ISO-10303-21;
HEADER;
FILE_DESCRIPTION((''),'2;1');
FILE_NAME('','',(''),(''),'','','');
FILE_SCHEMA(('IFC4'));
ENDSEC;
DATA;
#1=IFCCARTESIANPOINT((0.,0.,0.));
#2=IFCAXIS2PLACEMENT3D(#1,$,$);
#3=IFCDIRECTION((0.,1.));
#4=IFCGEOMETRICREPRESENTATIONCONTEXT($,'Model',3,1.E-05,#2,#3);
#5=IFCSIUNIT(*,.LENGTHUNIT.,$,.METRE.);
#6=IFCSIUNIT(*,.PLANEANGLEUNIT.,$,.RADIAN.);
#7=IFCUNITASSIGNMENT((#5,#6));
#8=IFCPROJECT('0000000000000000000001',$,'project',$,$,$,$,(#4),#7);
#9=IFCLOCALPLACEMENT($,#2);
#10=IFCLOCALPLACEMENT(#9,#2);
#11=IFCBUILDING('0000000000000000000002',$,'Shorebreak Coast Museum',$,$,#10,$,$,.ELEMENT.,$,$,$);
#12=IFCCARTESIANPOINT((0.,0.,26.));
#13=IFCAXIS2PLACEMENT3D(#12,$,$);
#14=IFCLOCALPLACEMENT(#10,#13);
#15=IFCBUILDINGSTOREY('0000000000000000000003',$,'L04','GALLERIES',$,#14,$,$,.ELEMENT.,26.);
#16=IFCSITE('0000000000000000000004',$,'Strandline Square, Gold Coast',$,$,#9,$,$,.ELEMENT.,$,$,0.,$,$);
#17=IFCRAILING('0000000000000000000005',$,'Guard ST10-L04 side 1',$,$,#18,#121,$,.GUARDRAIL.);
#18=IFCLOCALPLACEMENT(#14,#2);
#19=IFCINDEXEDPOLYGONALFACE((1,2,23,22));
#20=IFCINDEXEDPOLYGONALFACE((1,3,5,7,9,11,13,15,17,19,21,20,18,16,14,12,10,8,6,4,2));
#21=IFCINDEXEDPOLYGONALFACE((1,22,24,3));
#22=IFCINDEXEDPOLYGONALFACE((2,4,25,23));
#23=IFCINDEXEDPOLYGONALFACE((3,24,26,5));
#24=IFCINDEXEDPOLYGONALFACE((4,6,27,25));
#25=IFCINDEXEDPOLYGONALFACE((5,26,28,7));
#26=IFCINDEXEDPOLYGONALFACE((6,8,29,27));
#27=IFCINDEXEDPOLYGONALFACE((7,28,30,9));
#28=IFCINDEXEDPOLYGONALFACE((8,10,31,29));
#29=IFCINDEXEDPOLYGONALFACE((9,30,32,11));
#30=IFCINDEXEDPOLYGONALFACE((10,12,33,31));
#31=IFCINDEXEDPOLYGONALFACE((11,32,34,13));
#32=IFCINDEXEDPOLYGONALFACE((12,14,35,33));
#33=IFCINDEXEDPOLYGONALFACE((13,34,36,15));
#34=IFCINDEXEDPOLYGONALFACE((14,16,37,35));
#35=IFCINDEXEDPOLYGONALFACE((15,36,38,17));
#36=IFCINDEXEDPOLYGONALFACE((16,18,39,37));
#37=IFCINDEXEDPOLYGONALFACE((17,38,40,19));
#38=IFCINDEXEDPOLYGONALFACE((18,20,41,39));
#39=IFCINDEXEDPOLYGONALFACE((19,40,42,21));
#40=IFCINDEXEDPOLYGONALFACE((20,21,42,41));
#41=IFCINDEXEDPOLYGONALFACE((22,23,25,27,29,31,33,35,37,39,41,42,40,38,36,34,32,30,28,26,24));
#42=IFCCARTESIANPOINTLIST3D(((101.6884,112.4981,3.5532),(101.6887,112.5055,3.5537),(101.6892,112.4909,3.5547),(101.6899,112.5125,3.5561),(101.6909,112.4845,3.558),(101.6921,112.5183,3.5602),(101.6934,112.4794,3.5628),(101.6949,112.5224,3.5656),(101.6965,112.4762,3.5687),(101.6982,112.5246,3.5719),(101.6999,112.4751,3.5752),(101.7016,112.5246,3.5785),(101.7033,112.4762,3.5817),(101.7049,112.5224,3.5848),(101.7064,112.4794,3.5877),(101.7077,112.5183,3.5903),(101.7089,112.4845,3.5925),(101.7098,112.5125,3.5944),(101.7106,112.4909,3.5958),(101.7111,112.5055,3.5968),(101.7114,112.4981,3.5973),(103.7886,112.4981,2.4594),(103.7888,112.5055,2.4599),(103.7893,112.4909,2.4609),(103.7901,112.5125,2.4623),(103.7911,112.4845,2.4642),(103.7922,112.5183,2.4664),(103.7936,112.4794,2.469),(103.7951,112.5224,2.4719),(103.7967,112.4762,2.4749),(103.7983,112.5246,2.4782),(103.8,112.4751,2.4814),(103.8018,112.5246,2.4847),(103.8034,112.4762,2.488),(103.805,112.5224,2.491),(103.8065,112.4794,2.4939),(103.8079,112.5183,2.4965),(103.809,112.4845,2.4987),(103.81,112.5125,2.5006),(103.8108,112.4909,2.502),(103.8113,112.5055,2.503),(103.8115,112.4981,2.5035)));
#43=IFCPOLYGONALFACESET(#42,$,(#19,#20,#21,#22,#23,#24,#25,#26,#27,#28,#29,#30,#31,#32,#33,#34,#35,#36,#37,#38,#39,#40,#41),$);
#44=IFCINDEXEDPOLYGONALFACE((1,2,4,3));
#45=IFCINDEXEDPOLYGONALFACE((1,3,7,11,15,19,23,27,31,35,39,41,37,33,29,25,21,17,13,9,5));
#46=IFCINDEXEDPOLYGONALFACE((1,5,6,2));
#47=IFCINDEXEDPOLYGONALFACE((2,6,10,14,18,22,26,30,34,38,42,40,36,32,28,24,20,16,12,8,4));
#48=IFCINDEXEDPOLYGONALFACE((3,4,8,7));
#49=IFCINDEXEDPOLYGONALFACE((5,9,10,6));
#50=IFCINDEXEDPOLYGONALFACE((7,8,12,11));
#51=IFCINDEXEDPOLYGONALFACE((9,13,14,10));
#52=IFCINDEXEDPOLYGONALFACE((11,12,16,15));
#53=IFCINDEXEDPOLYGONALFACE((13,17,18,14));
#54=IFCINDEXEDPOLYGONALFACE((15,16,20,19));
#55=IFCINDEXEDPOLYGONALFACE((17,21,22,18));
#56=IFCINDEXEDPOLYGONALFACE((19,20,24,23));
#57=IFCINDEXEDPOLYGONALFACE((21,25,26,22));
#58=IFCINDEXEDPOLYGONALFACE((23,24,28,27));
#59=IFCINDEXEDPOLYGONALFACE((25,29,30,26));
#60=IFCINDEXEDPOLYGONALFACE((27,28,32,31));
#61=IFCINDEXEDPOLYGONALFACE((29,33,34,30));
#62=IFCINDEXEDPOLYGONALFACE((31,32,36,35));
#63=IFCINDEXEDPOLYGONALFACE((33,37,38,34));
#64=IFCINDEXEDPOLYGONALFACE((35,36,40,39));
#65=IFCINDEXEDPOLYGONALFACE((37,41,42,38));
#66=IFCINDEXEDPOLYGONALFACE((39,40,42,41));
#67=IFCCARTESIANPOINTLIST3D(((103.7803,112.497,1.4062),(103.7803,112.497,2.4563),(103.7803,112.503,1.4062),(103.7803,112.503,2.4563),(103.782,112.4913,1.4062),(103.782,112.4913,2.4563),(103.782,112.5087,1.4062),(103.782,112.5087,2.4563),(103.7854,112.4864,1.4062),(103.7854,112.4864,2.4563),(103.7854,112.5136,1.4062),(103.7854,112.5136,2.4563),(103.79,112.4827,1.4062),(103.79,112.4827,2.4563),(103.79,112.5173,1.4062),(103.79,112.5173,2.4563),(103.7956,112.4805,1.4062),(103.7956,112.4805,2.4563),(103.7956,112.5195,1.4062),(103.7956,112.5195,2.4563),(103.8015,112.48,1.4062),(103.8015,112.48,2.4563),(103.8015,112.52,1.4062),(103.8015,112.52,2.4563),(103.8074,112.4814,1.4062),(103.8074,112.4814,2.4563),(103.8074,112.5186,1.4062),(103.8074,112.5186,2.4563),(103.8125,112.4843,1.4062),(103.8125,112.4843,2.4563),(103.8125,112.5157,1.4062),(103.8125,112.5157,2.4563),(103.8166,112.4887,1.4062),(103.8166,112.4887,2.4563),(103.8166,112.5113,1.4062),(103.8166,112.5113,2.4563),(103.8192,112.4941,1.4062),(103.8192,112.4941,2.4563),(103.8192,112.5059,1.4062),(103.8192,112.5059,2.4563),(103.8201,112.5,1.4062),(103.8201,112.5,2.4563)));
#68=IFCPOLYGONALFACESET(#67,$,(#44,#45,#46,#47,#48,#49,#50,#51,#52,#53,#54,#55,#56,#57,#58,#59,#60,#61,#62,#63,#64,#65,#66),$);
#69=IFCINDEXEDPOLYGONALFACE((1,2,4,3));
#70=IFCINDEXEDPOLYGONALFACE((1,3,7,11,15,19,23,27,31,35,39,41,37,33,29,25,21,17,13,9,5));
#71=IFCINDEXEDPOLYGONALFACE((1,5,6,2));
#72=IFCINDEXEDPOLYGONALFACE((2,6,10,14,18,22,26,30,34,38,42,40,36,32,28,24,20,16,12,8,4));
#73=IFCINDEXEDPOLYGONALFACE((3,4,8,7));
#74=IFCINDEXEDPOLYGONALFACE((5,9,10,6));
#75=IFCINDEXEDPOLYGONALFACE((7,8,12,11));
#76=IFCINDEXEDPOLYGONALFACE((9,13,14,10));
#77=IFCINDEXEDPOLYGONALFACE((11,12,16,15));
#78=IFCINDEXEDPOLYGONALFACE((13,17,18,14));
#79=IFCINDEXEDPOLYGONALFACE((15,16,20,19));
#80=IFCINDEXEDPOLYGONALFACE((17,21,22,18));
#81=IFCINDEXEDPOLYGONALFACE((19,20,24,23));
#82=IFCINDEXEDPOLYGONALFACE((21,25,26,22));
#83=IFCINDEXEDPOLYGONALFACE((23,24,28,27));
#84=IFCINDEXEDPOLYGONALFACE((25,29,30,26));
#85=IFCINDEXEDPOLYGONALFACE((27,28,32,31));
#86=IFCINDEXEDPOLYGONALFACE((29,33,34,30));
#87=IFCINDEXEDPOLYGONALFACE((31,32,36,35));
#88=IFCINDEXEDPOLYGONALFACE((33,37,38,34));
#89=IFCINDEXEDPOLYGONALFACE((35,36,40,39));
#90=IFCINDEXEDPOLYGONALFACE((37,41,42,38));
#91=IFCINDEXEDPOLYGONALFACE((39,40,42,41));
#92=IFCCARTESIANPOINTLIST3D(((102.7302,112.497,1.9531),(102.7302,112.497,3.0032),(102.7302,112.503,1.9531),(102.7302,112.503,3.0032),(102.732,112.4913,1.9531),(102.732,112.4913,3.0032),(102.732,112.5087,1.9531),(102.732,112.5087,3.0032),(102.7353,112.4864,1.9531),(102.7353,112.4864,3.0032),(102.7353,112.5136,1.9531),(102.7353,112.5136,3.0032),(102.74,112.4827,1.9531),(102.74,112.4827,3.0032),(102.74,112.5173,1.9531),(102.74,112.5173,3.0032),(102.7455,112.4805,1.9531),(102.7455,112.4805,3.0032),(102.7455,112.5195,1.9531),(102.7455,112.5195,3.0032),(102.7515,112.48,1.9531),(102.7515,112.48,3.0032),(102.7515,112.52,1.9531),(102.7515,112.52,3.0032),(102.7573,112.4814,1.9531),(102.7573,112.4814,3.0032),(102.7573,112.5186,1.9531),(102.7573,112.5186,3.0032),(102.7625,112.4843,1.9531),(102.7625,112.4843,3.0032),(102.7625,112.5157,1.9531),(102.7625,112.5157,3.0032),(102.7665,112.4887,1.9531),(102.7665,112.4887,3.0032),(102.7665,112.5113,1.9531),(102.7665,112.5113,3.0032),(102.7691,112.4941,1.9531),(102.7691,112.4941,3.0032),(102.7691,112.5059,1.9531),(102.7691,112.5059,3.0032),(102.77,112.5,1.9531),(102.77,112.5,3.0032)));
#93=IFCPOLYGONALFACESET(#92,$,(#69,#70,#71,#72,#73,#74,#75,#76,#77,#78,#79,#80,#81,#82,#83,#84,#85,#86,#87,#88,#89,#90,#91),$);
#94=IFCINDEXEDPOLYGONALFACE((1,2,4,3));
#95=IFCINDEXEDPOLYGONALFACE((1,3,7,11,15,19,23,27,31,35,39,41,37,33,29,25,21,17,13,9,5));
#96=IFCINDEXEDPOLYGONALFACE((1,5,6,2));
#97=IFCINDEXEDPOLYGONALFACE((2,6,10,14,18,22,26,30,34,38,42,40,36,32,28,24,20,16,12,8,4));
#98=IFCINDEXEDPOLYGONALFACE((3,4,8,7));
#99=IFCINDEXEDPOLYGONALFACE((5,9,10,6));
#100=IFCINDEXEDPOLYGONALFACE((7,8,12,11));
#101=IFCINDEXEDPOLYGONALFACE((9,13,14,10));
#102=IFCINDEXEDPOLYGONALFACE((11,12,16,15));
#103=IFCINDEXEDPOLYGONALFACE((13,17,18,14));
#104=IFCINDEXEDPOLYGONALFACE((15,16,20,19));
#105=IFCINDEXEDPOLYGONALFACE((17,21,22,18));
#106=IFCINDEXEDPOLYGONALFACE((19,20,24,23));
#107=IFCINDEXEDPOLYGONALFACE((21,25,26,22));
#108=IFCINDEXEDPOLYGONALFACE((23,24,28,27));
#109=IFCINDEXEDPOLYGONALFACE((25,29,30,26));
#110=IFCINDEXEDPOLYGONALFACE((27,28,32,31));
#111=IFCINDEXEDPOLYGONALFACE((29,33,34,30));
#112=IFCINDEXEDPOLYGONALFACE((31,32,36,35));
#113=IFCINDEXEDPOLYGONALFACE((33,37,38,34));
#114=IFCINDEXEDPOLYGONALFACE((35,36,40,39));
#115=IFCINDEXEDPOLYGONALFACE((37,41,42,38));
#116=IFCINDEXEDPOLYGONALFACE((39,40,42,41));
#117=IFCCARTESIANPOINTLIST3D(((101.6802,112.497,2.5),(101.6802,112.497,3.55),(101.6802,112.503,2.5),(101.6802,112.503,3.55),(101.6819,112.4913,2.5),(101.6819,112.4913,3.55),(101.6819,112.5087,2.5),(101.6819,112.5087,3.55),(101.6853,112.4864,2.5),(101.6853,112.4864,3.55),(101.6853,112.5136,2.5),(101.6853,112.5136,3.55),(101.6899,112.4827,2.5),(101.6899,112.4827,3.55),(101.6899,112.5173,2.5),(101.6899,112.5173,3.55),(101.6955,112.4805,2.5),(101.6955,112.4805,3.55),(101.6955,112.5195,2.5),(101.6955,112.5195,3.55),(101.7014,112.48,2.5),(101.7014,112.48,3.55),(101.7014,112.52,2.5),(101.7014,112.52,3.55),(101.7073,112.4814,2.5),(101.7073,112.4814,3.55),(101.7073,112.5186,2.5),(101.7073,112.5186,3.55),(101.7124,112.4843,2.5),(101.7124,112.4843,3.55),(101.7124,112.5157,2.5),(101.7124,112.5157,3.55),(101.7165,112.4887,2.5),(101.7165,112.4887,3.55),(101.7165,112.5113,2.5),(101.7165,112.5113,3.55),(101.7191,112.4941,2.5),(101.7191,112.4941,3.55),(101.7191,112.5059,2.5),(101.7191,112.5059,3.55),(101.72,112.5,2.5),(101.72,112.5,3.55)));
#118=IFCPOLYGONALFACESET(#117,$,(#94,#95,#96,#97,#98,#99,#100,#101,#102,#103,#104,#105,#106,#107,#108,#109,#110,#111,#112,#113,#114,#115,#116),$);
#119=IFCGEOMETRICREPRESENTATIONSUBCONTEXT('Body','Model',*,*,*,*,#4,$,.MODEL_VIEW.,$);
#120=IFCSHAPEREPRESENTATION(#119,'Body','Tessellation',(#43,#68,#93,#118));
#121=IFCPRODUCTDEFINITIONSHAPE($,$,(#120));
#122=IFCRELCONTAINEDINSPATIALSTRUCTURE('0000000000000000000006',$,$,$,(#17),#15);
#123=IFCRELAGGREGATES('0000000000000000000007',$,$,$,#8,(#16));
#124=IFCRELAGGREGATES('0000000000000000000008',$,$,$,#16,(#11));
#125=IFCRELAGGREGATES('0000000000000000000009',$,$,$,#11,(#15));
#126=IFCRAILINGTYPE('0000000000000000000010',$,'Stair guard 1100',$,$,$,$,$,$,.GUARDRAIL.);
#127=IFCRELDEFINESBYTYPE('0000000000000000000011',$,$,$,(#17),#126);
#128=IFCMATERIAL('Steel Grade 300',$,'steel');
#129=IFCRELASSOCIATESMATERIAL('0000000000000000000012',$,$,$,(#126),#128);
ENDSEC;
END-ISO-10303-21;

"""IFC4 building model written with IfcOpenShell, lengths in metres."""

from ifc_helpers import new_model, si_unit, direction, frame, origin, origin_2d, place, context, subcontext, project, spatial, circle, extrude, material, type_object, element, save


model = new_model("IFC4")

# Units and contexts
model_context = context("Model", 3, precision=1e-05, world=origin(), true_north=direction((0.0, 1.0)))
body_context = subcontext(model_context, "Body", "Model", "MODEL_VIEW")
ifc_project = project(units=[si_unit("LENGTHUNIT", "METRE"), si_unit("PLANEANGLEUNIT", "RADIAN")], contexts=[model_context])

# Site, building, storey
site_placement = place(None, origin())
site = spatial("IfcSite", under=ifc_project, at=site_placement, Name="Strandline Square, Gold Coast", CompositionType="ELEMENT", RefElevation=0.0)
building_placement = place(site_placement, origin())
building = spatial("IfcBuilding", under=site, at=building_placement, Name="Shorebreak Coast Museum", CompositionType="ELEMENT")
storey_placement = place(building_placement, frame((0.0, 0.0, 26.0)))
storey = spatial("IfcBuildingStorey", under=building, at=storey_placement, Name="L04", Description="GALLERIES", CompositionType="ELEMENT", Elevation=26.0)

# Railing
ifc_material_1 = material(Name="Steel Grade 300", Category="steel")
railing_type_1 = type_object("IfcRailingType", Name="Stair guard 1100", PredefinedType="GUARDRAIL", material=ifc_material_1)
for number, where, name in (
    (1, (103.8, 112.5, 1.4062), "Guard ST10-L04 side 1"),
):
    element("IfcRailing", number, at=place(storey_placement, frame(where)), inside=storey, type_object=railing_type_1, Name=name, PredefinedType="GUARDRAIL", context=body_context, shape_type="SweptSolid", body=[
        extrude(circle(Radius=0.0249, at=origin_2d()), frame((0.0, 0.0, 1.0752), z_axis=(-0.886923, 0.0, 0.461918), x_axis=(0.0, -1.0, 0.0)), (0.0, 0.0, 1.0), 2.3679),
        extrude(circle(Radius=0.02, at=origin_2d()), origin(), (0.0, 0.0, 1.0), 1.05),
        extrude(circle(Radius=0.02, at=origin_2d()), frame((-1.05, 0.0, 0.5469)), (0.0, 0.0, 1.0), 1.05),
        extrude(circle(Radius=0.02, at=origin_2d()), frame((-2.1001, 0.0, 1.0938)), (0.0, 0.0, 1.0), 1.05),
    ])

save(model, "model.ifc")
